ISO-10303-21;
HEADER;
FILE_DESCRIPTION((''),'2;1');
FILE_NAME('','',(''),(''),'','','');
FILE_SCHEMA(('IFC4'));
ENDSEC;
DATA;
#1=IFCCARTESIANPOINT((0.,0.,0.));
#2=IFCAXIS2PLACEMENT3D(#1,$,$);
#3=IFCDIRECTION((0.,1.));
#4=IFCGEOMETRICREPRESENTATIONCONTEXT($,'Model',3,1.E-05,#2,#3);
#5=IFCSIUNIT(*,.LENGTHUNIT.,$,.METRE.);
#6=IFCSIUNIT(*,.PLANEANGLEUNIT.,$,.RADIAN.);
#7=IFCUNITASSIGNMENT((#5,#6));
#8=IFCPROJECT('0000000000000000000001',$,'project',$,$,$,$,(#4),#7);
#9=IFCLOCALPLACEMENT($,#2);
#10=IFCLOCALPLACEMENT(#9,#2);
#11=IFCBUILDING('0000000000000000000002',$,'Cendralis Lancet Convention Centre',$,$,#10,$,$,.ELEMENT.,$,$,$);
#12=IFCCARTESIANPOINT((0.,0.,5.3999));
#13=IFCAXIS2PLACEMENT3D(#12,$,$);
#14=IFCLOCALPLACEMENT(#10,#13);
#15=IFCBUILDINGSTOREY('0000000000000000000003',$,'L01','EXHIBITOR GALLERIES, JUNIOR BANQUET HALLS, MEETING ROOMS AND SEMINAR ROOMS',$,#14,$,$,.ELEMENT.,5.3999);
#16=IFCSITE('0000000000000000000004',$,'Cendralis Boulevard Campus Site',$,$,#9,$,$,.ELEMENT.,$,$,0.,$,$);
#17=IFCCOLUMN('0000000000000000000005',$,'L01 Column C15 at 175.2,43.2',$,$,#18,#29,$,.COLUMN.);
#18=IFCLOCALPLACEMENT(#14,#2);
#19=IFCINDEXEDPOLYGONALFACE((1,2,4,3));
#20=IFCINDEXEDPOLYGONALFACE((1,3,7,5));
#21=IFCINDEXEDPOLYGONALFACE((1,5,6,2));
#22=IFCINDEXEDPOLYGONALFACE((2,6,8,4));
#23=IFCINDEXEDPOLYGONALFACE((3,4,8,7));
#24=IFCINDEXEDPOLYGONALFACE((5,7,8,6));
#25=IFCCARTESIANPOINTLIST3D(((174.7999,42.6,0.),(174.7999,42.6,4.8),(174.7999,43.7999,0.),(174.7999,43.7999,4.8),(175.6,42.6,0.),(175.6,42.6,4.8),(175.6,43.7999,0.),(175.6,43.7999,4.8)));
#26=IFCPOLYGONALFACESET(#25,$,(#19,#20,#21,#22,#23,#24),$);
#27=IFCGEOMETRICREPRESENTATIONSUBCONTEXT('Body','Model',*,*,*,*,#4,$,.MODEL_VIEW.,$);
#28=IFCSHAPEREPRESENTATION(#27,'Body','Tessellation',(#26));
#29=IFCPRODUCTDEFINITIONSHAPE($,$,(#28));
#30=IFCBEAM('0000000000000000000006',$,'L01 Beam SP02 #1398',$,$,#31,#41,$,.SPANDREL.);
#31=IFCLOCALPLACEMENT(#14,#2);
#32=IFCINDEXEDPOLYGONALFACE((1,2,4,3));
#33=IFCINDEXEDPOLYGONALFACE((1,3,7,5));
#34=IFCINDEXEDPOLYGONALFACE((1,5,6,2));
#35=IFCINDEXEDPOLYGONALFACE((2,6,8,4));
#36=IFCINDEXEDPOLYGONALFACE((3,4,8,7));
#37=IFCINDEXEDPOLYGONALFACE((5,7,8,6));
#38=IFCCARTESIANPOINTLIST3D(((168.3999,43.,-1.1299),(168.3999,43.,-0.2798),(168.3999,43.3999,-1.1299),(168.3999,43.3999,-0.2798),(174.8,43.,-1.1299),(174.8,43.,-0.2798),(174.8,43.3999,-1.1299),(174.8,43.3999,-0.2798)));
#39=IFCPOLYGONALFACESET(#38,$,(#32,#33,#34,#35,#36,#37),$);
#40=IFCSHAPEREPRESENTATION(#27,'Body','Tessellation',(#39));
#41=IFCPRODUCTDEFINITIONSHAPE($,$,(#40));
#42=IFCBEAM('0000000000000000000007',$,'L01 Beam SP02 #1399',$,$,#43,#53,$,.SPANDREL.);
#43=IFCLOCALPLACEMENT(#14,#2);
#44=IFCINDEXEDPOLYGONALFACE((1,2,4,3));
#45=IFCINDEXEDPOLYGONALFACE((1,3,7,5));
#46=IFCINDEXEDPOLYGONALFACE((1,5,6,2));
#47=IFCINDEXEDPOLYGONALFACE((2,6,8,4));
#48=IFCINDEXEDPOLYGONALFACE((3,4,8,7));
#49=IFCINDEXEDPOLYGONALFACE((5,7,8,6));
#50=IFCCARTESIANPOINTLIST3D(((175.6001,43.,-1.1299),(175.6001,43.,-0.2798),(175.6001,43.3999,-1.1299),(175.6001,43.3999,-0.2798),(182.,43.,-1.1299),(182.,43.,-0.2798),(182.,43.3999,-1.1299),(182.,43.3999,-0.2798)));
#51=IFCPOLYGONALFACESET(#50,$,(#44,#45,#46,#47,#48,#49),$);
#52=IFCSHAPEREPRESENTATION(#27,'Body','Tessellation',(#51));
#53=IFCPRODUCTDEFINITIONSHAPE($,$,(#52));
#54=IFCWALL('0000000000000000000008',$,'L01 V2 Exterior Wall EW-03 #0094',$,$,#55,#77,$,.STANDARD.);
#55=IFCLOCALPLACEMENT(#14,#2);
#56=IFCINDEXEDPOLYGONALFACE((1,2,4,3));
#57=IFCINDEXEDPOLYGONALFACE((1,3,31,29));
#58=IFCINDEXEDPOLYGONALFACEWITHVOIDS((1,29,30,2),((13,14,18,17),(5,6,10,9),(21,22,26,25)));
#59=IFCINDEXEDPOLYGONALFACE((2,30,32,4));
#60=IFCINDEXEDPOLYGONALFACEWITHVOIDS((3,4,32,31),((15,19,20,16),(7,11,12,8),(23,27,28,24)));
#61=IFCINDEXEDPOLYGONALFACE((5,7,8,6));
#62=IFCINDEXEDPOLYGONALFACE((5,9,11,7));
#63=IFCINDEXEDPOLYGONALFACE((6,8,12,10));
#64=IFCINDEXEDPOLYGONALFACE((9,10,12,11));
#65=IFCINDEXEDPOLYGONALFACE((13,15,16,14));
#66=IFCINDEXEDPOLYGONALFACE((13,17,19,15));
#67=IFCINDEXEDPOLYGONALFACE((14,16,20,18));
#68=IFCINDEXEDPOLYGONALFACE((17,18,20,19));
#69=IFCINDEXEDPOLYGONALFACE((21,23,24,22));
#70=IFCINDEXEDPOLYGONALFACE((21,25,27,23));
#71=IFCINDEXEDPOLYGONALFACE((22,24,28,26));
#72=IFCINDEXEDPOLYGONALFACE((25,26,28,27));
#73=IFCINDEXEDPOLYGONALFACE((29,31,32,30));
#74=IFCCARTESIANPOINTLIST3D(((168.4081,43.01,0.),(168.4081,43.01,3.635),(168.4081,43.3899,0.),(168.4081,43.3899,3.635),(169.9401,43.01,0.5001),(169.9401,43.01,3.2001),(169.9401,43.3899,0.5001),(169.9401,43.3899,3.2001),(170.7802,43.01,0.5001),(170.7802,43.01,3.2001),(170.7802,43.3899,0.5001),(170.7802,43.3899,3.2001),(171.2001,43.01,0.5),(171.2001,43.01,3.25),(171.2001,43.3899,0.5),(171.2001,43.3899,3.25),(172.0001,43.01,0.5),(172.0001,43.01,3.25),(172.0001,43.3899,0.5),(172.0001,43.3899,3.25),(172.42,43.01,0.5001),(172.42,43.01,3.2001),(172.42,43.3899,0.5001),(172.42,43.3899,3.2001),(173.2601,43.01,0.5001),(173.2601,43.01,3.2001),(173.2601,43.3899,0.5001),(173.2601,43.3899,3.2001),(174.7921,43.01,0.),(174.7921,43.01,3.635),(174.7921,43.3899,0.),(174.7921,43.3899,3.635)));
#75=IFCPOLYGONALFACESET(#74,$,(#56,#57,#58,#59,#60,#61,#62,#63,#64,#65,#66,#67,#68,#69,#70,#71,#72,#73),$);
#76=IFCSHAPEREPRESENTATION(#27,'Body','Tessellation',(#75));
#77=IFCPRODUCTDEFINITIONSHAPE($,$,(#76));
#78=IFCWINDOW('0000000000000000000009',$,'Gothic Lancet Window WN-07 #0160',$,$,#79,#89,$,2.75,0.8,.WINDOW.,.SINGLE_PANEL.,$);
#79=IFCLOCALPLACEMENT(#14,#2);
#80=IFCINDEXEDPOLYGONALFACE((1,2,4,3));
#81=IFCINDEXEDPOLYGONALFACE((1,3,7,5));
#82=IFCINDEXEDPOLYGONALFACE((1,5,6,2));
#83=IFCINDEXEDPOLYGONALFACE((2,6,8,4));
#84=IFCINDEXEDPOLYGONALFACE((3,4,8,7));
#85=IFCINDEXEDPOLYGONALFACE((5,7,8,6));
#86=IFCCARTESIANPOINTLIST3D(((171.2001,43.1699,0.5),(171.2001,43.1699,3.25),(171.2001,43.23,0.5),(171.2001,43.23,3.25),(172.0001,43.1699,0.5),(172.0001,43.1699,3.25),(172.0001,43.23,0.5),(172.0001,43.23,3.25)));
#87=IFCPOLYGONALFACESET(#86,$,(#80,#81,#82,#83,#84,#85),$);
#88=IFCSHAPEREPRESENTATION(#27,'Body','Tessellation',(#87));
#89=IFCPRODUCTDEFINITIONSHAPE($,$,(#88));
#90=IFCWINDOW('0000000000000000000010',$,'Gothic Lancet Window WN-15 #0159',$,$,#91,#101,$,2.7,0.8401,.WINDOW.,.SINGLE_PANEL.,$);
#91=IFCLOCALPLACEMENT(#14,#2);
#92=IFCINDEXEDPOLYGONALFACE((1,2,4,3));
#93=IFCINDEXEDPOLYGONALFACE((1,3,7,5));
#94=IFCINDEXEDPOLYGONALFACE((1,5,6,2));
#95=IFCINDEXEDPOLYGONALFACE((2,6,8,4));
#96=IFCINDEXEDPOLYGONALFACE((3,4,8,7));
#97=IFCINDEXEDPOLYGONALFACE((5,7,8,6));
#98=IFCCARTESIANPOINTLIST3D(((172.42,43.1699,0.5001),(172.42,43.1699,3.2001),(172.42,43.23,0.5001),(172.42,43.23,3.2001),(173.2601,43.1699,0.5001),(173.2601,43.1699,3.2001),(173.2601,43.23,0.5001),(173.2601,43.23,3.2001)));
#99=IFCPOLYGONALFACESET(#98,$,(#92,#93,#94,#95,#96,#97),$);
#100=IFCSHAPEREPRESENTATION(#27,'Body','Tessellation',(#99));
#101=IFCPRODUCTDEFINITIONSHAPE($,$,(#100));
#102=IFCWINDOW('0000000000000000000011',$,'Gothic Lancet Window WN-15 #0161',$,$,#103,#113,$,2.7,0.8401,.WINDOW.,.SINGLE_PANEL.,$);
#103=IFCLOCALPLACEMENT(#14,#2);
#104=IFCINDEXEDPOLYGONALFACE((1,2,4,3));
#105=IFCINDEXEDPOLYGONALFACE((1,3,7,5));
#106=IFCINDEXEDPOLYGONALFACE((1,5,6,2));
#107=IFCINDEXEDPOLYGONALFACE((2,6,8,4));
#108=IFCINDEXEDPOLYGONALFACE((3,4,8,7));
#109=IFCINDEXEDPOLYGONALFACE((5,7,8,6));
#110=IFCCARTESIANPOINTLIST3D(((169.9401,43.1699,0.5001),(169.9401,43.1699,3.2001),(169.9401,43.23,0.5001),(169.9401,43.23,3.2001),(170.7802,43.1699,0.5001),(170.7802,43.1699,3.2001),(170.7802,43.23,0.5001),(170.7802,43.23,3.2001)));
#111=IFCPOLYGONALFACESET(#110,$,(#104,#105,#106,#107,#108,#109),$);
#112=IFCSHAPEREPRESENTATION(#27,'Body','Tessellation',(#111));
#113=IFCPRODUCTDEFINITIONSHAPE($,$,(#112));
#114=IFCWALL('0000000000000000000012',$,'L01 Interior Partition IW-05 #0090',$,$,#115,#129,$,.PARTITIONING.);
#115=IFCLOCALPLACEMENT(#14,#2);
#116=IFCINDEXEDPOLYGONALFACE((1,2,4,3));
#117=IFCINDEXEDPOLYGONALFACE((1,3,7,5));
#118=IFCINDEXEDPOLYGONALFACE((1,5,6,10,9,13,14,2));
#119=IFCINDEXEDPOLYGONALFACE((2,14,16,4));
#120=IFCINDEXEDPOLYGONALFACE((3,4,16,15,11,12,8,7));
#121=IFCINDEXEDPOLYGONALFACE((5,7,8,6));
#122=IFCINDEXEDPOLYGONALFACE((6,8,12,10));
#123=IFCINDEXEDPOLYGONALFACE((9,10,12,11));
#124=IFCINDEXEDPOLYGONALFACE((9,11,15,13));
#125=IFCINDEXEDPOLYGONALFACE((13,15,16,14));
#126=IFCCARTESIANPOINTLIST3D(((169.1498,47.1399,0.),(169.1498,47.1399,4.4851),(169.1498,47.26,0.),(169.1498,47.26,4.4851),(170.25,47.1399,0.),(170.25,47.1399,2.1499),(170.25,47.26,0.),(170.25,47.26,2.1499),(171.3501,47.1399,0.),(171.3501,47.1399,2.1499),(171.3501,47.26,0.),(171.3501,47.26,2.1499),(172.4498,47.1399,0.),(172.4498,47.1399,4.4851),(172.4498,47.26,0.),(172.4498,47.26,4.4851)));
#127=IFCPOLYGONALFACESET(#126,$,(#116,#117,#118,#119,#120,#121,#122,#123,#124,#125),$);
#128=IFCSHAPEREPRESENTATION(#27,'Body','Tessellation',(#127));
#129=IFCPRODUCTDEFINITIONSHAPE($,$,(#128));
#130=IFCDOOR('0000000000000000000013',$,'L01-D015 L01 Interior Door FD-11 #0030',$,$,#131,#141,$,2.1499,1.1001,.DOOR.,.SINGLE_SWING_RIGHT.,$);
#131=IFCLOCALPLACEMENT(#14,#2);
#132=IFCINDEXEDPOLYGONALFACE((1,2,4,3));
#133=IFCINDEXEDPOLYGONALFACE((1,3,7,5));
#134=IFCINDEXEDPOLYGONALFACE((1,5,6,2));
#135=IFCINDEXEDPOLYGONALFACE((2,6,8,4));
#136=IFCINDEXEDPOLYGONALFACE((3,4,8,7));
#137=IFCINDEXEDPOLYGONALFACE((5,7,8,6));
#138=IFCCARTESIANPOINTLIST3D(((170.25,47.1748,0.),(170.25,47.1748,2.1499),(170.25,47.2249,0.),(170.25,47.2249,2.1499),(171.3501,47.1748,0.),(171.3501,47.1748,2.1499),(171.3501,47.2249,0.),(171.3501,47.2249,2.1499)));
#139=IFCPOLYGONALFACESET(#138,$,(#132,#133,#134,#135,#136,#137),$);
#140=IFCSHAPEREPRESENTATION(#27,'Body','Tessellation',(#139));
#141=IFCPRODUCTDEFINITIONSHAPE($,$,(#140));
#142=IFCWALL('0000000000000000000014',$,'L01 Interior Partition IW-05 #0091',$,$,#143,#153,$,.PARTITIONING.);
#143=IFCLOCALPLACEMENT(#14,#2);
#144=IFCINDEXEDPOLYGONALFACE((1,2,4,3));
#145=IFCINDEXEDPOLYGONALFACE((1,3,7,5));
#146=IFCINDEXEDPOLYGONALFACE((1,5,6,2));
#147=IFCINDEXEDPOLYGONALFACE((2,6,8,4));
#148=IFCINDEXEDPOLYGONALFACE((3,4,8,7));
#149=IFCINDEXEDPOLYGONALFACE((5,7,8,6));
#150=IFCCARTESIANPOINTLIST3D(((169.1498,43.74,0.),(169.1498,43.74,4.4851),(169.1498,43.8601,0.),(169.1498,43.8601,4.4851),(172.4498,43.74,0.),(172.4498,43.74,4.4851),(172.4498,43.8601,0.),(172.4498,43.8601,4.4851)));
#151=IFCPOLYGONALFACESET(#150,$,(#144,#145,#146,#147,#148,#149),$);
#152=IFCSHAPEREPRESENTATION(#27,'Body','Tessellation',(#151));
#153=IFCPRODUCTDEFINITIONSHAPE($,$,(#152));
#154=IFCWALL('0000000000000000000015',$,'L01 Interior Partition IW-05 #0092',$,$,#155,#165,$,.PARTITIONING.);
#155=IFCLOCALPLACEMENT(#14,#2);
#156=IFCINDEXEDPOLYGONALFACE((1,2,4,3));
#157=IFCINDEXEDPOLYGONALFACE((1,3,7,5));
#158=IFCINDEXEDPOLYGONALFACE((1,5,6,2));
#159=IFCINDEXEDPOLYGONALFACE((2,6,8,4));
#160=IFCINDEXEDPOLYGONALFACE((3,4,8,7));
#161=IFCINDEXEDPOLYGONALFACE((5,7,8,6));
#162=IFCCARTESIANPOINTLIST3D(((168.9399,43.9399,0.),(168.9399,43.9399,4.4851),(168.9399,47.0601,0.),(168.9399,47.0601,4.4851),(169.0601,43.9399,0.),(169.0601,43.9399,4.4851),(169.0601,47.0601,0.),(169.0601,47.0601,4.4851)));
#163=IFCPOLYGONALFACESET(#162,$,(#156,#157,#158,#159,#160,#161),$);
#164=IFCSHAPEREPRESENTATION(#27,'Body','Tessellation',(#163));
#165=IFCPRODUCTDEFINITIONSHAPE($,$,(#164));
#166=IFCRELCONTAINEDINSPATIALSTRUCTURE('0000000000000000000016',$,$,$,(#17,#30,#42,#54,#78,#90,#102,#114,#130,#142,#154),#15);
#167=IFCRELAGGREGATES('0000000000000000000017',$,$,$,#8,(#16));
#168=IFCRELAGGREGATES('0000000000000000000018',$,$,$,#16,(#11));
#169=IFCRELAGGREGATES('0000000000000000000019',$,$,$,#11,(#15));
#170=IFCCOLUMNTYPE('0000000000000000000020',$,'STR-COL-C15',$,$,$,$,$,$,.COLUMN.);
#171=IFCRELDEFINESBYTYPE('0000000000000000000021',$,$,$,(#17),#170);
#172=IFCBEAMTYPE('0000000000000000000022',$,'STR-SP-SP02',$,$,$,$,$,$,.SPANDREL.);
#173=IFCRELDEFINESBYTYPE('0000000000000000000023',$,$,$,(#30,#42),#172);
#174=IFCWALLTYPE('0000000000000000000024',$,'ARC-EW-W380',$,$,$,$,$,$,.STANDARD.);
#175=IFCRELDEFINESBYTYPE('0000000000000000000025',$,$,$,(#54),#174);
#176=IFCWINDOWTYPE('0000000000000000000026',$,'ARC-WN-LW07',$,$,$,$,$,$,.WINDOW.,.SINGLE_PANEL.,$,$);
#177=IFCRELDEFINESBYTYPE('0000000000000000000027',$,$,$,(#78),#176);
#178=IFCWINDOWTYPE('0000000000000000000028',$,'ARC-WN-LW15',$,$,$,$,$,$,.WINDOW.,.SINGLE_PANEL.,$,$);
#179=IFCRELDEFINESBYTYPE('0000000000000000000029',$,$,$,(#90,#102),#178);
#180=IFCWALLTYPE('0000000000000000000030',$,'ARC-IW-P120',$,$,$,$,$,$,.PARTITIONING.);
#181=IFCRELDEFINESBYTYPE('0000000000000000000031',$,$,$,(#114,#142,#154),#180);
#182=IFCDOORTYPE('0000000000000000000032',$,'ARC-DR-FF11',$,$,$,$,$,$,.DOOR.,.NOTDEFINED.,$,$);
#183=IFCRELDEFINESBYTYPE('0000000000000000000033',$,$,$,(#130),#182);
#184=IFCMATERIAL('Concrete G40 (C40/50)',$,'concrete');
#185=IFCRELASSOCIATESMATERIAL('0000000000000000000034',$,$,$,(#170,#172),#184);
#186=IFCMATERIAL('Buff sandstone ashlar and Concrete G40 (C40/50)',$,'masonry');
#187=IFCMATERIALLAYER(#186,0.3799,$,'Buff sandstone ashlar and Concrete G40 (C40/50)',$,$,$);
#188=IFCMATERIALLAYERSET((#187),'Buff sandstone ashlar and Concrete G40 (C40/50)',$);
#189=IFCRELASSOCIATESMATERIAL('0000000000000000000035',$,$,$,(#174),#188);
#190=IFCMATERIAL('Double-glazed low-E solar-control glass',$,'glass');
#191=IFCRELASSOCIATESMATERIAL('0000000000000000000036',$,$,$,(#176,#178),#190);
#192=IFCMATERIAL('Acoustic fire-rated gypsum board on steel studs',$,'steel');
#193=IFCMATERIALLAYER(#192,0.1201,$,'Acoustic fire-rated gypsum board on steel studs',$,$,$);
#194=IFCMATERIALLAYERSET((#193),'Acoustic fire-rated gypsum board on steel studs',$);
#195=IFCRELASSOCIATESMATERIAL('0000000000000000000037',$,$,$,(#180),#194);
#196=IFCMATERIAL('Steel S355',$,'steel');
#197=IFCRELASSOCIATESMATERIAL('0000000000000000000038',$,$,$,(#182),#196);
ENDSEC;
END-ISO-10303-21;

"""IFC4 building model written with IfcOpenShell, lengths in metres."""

from ifc_helpers import new_model, si_unit, direction, frame, frame_2d, origin, origin_2d, place, context, subcontext, project, spatial, rectangle, extrude, material, layer, layer_set, material_profile, profile_set, type_object, element, fill, save


model = new_model("IFC4")

# Units and contexts
model_context = context("Model", 3, precision=1e-05, world=origin(), true_north=direction((0.0, 1.0)))
body_context = subcontext(model_context, "Body", "Model", "MODEL_VIEW")
ifc_project = project(units=[si_unit("LENGTHUNIT", "METRE"), si_unit("PLANEANGLEUNIT", "RADIAN")], contexts=[model_context])

# Site, building, storey
site_placement = place(None, origin())
site = spatial("IfcSite", under=ifc_project, at=site_placement, Name="Cendralis Boulevard Campus Site", CompositionType="ELEMENT", RefElevation=0.0)
building_placement = place(site_placement, origin())
building = spatial("IfcBuilding", under=site, at=building_placement, Name="Cendralis Lancet Convention Centre", CompositionType="ELEMENT")
storey_placement = place(building_placement, frame((0.0, 0.0, 5.3999)))
storey = spatial("IfcBuildingStorey", under=building, at=storey_placement, Name="L01", Description="EXHIBITOR GALLERIES, JUNIOR BANQUET HALLS, MEETING ROOMS AND SEMINAR ROOMS", CompositionType="ELEMENT", Elevation=5.3999)

# Column
ifc_material_1 = material(Name="Concrete G40 (C40/50)", Category="concrete")
ifc_material_profile_1 = material_profile(ifc_material_1, rectangle(XDim=0.8, YDim=1.2, at=origin_2d()), Name="RC 800x1200")
ifc_profile_set_1 = profile_set([ifc_material_profile_1], Name="Concrete G40 (C40/50)")
column_type = type_object("IfcColumnType", Name="STR-COL-C15", PredefinedType="COLUMN", material=ifc_profile_set_1)
column_placement = place(storey_placement, frame((175.2, 43.2, 0.0), z_axis=(0.0, 0.0, 1.0), x_axis=(1.0, 0.0, 0.0)))
element("IfcColumn", 1, at=column_placement, inside=storey, type_object=column_type, Name="L01 Column C15 at 175.2,43.2", PredefinedType="COLUMN", context=body_context, shape_type="SweptSolid", body=[
    extrude(rectangle(XDim=0.8, YDim=1.2, at=origin_2d()), origin(), (0.0, 0.0, 1.0), 4.8),
])

# Beams
ifc_material_profile_2 = material_profile(ifc_material_1, rectangle(XDim=0.3999, YDim=0.8501, at=origin_2d()), Name="RCB 400x850")
ifc_profile_set_2 = profile_set([ifc_material_profile_2], Name="Concrete G40 (C40/50)")
beam_type = type_object("IfcBeamType", Name="STR-SP-SP02", PredefinedType="SPANDREL", material=ifc_profile_set_2)
beam_1_placement = place(storey_placement, frame((168.3999, 43.2, -0.7048), z_axis=(1.0, 0.0, 0.0), x_axis=(0.0, 1.0, 0.0)))
element("IfcBeam", 2, at=beam_1_placement, inside=storey, type_object=beam_type, Name="L01 Beam SP02 #1398", PredefinedType="SPANDREL", context=body_context, shape_type="SweptSolid", body=[
    extrude(rectangle(XDim=0.3999, YDim=0.8501, at=origin_2d()), origin(), (0.0, 0.0, 1.0), 6.4001),
])
beam_2_placement = place(storey_placement, frame((175.6001, 43.2, -0.7048), z_axis=(1.0, 0.0, 0.0), x_axis=(0.0, 1.0, 0.0)))
element("IfcBeam", 3, at=beam_2_placement, inside=storey, type_object=beam_type, Name="L01 Beam SP02 #1399", PredefinedType="SPANDREL", context=body_context, shape_type="SweptSolid", body=[
    extrude(rectangle(XDim=0.3999, YDim=0.8501, at=origin_2d()), origin(), (0.0, 0.0, 1.0), 6.3999),
])

# Wall, openings, windows
ifc_material_2 = material(Name="Buff sandstone ashlar and Concrete G40 (C40/50)", Category="masonry")
ifc_layer_1 = layer(ifc_material_2, 0.3799, Name="Buff sandstone ashlar and Concrete G40 (C40/50)")
ifc_layer_set_1 = layer_set([ifc_layer_1], Name="Buff sandstone ashlar and Concrete G40 (C40/50)")
wall_type_1 = type_object("IfcWallType", Name="ARC-EW-W380", PredefinedType="STANDARD", material=ifc_layer_set_1)
wall_1_placement = place(storey_placement, frame((174.792, 43.2, 0.0), z_axis=(0.0, 0.0, 1.0), x_axis=(-1.0, 0.0, 0.0)))
wall_1 = element("IfcWall", 4, at=wall_1_placement, inside=storey, type_object=wall_type_1, Name="L01 V2 Exterior Wall EW-03 #0094", PredefinedType="STANDARD", context=body_context, shape_type="SweptSolid", body=[
    extrude(rectangle(XDim=6.384, YDim=0.3799, at=frame_2d((3.1919, 0.0))), origin(), (0.0, 0.0, 1.0), 3.635),
])
opening_1_placement = place(wall_1_placement, frame((1.532, 0.0, 0.5)))
opening_1 = element("IfcOpeningElement", 5, at=opening_1_placement, cuts=wall_1, PredefinedType="OPENING", context=body_context, shape_type="SweptSolid", body=[
    extrude(rectangle(XDim=0.8401, YDim=2.7, at=frame_2d((0.4199, 1.3501))), frame((0.0, 0.2, 0.0), z_axis=(0.0, -1.0, 0.0), x_axis=(1.0, 0.0, 0.0)), (0.0, 0.0, 1.0), 0.3999),
])
opening_2_placement = place(wall_1_placement, frame((2.792, 0.0, 0.5)))
opening_2 = element("IfcOpeningElement", 6, at=opening_2_placement, cuts=wall_1, PredefinedType="OPENING", context=body_context, shape_type="SweptSolid", body=[
    extrude(rectangle(XDim=0.8, YDim=2.75, at=frame_2d((0.3999, 1.375))), frame((0.0, 0.2, 0.0), z_axis=(0.0, -1.0, 0.0), x_axis=(1.0, 0.0, 0.0)), (0.0, 0.0, 1.0), 0.3999),
])
opening_3_placement = place(wall_1_placement, frame((4.012, 0.0, 0.5)))
opening_3 = element("IfcOpeningElement", 7, at=opening_3_placement, cuts=wall_1, PredefinedType="OPENING", context=body_context, shape_type="SweptSolid", body=[
    extrude(rectangle(XDim=0.8401, YDim=2.7, at=frame_2d((0.4199, 1.3501))), frame((0.0, 0.2, 0.0), z_axis=(0.0, -1.0, 0.0), x_axis=(1.0, 0.0, 0.0)), (0.0, 0.0, 1.0), 0.3999),
])
ifc_material_3 = material(Name="Double-glazed low-E solar-control glass", Category="glass")
window_type_1 = type_object("IfcWindowType", Name="ARC-WN-LW07", PartitioningType="SINGLE_PANEL", PredefinedType="WINDOW", material=ifc_material_3)
window_1_placement = place(opening_2_placement, origin())
window_1 = element("IfcWindow", 8, at=window_1_placement, inside=storey, type_object=window_type_1, Name="Gothic Lancet Window WN-07 #0160", OverallHeight=2.75, OverallWidth=0.8, PartitioningType="SINGLE_PANEL", PredefinedType="WINDOW", context=body_context, shape_type="SweptSolid", body=[
    extrude(rectangle(XDim=0.8, YDim=2.75, at=frame_2d((0.3999, 1.375))), frame((0.0, 0.03, 0.0), z_axis=(0.0, -1.0, 0.0), x_axis=(1.0, 0.0, 0.0)), (0.0, 0.0, 1.0), 0.0601),
])
fill(opening_2, window_1)
window_type_2 = type_object("IfcWindowType", Name="ARC-WN-LW15", PartitioningType="SINGLE_PANEL", PredefinedType="WINDOW", material=ifc_material_3)
window_2_placement = place(opening_1_placement, origin())
window_2 = element("IfcWindow", 9, at=window_2_placement, inside=storey, type_object=window_type_2, Name="Gothic Lancet Window WN-15 #0159", OverallHeight=2.7, OverallWidth=0.8401, PartitioningType="SINGLE_PANEL", PredefinedType="WINDOW", context=body_context, shape_type="SweptSolid", body=[
    extrude(rectangle(XDim=0.8401, YDim=2.7, at=frame_2d((0.4199, 1.3501))), frame((0.0, 0.03, 0.0), z_axis=(0.0, -1.0, 0.0), x_axis=(1.0, 0.0, 0.0)), (0.0, 0.0, 1.0), 0.0601),
])
fill(opening_1, window_2)
window_3_placement = place(opening_3_placement, origin())
window_3 = element("IfcWindow", 10, at=window_3_placement, inside=storey, type_object=window_type_2, Name="Gothic Lancet Window WN-15 #0161", OverallHeight=2.7, OverallWidth=0.8401, PartitioningType="SINGLE_PANEL", PredefinedType="WINDOW", context=body_context, shape_type="SweptSolid", body=[
    extrude(rectangle(XDim=0.8401, YDim=2.7, at=frame_2d((0.4199, 1.3501))), frame((0.0, 0.03, 0.0), z_axis=(0.0, -1.0, 0.0), x_axis=(1.0, 0.0, 0.0)), (0.0, 0.0, 1.0), 0.0601),
])
fill(opening_3, window_3)

# Wall, opening, door
ifc_material_4 = material(Name="Acoustic fire-rated gypsum board on steel studs", Category="steel")
ifc_layer_2 = layer(ifc_material_4, 0.1201, Name="Acoustic fire-rated gypsum board on steel studs")
ifc_layer_set_2 = layer_set([ifc_layer_2], Name="Acoustic fire-rated gypsum board on steel studs")
wall_type_2 = type_object("IfcWallType", Name="ARC-IW-P120", PredefinedType="PARTITIONING", material=ifc_layer_set_2)
wall_2_placement = place(storey_placement, frame((169.1499, 47.2, 0.0), z_axis=(0.0, 0.0, 1.0), x_axis=(1.0, 0.0, 0.0)))
wall_2 = element("IfcWall", 11, at=wall_2_placement, inside=storey, type_object=wall_type_2, Name="L01 Interior Partition IW-05 #0090", PredefinedType="PARTITIONING", context=body_context, shape_type="SweptSolid", body=[
    extrude(rectangle(XDim=3.3, YDim=0.1201, at=frame_2d((1.6499, 0.0))), origin(), (0.0, 0.0, 1.0), 4.4851),
])
opening_4_placement = place(wall_2_placement, frame((1.1001, 0.0, 0.0)))
opening_4 = element("IfcOpeningElement", 12, at=opening_4_placement, cuts=wall_2, PredefinedType="OPENING", context=body_context, shape_type="SweptSolid", body=[
    extrude(rectangle(XDim=1.1001, YDim=2.1499, at=frame_2d((0.55, 1.075))), frame((0.0, 0.0701, 0.0), z_axis=(0.0, -1.0, 0.0), x_axis=(1.0, 0.0, 0.0)), (0.0, 0.0, 1.0), 0.1401),
])
ifc_material_5 = material(Name="Steel S355", Category="steel")
door_type = type_object("IfcDoorType", Name="ARC-DR-FF11", OperationType="NOTDEFINED", PredefinedType="DOOR", material=ifc_material_5)
door_1_placement = place(opening_4_placement, origin())
door_1 = element("IfcDoor", 13, at=door_1_placement, inside=storey, type_object=door_type, Name="L01-D015 L01 Interior Door FD-11 #0030", OperationType="SINGLE_SWING_RIGHT", OverallHeight=2.1499, OverallWidth=1.1001, PredefinedType="DOOR", context=body_context, shape_type="SweptSolid", body=[
    extrude(rectangle(XDim=1.1001, YDim=2.1499, at=frame_2d((0.55, 1.075))), frame((0.0, 0.0249, 0.0), z_axis=(0.0, -1.0, 0.0), x_axis=(1.0, 0.0, 0.0)), (0.0, 0.0, 1.0), 0.05),
])
fill(opening_4, door_1)

# Walls
wall_3_placement = place(storey_placement, frame((169.1499, 43.8, 0.0), z_axis=(0.0, 0.0, 1.0), x_axis=(1.0, 0.0, 0.0)))
element("IfcWall", 14, at=wall_3_placement, inside=storey, type_object=wall_type_2, Name="L01 Interior Partition IW-05 #0091", PredefinedType="PARTITIONING", context=body_context, shape_type="SweptSolid", body=[
    extrude(rectangle(XDim=3.3, YDim=0.1201, at=frame_2d((1.6499, 0.0))), origin(), (0.0, 0.0, 1.0), 4.4851),
])
for number, where, z_axis, x_axis, name in (
    (15, (169.0, 43.9399, 0.0), (0.0, 0.0, 1.0), (0.0, 1.0, 0.0), "L01 Interior Partition IW-05 #0092"),
):
    element("IfcWall", number, at=place(storey_placement, frame(where, z_axis=z_axis, x_axis=x_axis)), inside=storey, type_object=wall_type_2, Name=name, PredefinedType="PARTITIONING", context=body_context, shape_type="SweptSolid", body=[
        extrude(rectangle(XDim=3.1201, YDim=0.1201, at=frame_2d((1.5601, 0.0))), origin(), (0.0, 0.0, 1.0), 4.4851),
    ])

save(model, "model.ifc")
